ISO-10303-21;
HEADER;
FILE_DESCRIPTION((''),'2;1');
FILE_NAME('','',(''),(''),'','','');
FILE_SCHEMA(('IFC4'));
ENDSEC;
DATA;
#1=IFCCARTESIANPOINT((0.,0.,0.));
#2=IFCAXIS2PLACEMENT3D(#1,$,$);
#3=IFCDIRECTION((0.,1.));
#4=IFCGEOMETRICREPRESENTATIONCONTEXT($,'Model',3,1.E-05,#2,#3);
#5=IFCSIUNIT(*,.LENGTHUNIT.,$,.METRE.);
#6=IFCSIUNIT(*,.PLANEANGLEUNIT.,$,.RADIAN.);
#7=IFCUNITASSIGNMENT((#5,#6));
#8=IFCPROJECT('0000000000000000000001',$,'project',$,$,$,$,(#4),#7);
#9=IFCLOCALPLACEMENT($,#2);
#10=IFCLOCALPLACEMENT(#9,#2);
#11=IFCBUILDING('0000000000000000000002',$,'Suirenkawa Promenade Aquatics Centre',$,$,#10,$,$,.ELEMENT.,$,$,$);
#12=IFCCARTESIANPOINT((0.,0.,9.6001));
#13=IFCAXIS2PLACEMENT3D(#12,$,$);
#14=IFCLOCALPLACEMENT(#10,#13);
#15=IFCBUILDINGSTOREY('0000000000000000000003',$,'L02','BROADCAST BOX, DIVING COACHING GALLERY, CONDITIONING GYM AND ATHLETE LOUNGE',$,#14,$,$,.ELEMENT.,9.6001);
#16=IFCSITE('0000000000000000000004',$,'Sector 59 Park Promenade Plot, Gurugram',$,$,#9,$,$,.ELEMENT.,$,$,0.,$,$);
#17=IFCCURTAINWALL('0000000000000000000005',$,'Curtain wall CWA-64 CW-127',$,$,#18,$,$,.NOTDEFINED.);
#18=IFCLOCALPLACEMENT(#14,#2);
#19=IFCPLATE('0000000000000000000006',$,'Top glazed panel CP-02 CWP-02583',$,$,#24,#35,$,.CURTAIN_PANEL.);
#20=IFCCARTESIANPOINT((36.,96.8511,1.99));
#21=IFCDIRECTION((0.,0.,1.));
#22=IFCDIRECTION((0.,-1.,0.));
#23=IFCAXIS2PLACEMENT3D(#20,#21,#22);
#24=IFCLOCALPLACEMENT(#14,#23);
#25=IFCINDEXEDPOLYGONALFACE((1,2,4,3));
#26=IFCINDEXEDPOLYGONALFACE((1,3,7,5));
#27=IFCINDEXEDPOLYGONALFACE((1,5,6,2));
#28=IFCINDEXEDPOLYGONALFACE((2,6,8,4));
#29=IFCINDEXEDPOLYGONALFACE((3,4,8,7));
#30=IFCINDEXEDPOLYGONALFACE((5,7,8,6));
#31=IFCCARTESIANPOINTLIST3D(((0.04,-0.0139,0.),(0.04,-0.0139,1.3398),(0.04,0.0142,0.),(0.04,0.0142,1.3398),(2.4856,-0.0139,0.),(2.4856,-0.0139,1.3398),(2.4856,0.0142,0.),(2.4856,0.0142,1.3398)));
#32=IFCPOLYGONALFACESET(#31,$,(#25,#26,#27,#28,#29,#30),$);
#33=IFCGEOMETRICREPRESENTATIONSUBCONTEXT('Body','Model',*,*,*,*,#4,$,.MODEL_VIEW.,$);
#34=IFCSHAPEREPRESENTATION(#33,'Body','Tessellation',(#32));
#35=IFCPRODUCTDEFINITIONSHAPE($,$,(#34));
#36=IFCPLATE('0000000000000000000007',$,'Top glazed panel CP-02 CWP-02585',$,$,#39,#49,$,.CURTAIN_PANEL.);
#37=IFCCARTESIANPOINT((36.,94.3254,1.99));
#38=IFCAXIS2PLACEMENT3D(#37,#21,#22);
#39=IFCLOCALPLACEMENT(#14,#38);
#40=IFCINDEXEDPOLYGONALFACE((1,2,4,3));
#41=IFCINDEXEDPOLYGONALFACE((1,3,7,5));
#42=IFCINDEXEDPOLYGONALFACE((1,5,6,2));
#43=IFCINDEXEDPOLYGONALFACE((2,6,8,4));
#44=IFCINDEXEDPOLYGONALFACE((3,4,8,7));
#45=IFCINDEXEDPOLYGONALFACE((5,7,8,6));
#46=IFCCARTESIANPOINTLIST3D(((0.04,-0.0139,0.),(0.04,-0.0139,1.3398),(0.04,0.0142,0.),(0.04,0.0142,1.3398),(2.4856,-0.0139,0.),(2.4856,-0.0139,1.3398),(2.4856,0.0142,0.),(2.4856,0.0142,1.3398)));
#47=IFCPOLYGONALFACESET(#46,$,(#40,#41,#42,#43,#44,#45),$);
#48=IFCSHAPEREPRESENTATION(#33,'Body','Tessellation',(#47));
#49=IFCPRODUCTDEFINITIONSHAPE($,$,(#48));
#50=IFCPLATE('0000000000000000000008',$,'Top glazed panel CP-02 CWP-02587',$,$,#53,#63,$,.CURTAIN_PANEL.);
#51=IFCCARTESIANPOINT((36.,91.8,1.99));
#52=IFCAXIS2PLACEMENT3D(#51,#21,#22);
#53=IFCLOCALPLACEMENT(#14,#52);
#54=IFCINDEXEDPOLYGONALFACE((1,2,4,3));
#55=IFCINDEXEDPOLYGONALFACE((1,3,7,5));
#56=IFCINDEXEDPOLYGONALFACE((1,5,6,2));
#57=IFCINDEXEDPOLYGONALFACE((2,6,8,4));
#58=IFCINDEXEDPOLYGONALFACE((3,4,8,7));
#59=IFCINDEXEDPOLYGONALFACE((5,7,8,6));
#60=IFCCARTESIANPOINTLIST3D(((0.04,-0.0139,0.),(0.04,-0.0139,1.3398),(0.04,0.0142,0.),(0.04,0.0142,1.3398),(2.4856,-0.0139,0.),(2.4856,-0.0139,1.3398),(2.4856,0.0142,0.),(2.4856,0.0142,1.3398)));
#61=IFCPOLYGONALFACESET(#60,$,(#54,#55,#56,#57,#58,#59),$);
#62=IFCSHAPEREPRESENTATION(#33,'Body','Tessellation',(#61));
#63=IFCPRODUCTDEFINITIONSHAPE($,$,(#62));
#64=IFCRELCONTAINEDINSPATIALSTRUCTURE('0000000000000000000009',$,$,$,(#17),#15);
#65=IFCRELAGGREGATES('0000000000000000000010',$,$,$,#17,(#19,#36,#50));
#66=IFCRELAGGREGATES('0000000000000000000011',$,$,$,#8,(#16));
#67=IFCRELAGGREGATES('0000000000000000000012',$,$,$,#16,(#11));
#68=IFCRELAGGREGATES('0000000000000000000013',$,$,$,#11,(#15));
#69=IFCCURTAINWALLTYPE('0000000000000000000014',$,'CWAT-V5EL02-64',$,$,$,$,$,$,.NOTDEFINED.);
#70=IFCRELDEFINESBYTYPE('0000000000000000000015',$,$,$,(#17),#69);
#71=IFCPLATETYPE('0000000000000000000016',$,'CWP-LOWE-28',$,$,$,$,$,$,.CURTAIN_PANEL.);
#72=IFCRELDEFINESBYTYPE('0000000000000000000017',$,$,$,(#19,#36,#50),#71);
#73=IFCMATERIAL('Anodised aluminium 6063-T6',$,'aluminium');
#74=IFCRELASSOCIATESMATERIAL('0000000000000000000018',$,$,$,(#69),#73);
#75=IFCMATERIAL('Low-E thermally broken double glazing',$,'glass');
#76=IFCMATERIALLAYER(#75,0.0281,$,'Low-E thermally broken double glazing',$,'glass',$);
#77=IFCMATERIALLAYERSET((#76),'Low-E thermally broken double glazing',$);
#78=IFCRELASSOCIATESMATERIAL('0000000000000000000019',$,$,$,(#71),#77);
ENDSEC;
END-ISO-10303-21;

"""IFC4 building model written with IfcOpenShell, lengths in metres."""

from ifc_helpers import new_model, si_unit, direction, frame, origin, place, context, subcontext, project, spatial, polyline, outline, extrude, material, layer, layer_set, type_object, element, aggregate, save


model = new_model("IFC4")

# Units and contexts
model_context = context("Model", 3, precision=1e-05, world=origin(), true_north=direction((0.0, 1.0)))
body_context = subcontext(model_context, "Body", "Model", "MODEL_VIEW")
ifc_project = project(units=[si_unit("LENGTHUNIT", "METRE"), si_unit("PLANEANGLEUNIT", "RADIAN")], contexts=[model_context])

# Site, building, storey
site_placement = place(None, origin())
site = spatial("IfcSite", under=ifc_project, at=site_placement, Name="Sector 59 Park Promenade Plot, Gurugram", CompositionType="ELEMENT", RefElevation=0.0)
building_placement = place(site_placement, origin())
building = spatial("IfcBuilding", under=site, at=building_placement, Name="Suirenkawa Promenade Aquatics Centre", CompositionType="ELEMENT")
storey_placement = place(building_placement, frame((0.0, 0.0, 9.6001)))
storey = spatial("IfcBuildingStorey", under=building, at=storey_placement, Name="L02", Description="BROADCAST BOX, DIVING COACHING GALLERY, CONDITIONING GYM AND ATHLETE LOUNGE", CompositionType="ELEMENT", Elevation=9.6001)

# Curtain wall, plates
ifc_material_1 = material(Name="Anodised aluminium 6063-T6", Category="aluminium")
curtain_wall_type = type_object("IfcCurtainWallType", Name="CWAT-V5EL02-64", PredefinedType="NOTDEFINED", material=ifc_material_1)
curtain_wall_placement = place(storey_placement, origin())
curtain_wall = element("IfcCurtainWall", 1, at=curtain_wall_placement, inside=storey, type_object=curtain_wall_type, Name="Curtain wall CWA-64 CW-127", PredefinedType="NOTDEFINED")
ifc_material_2 = material(Name="Low-E thermally broken double glazing", Category="glass")
ifc_layer_1 = layer(ifc_material_2, 0.0281, Name="Low-E thermally broken double glazing", Category="glass")
ifc_layer_set_1 = layer_set([ifc_layer_1], Name="Low-E thermally broken double glazing")
plate_type = type_object("IfcPlateType", Name="CWP-LOWE-28", PredefinedType="CURTAIN_PANEL", material=ifc_layer_set_1)
plate_1_placement = place(storey_placement, frame((36.0, 96.8511, 1.99), z_axis=(0.0, 0.0, 1.0), x_axis=(0.0, -1.0, 0.0)))
plate_1 = element("IfcPlate", 2, at=plate_1_placement, type_object=plate_type, Name="Top glazed panel CP-02 CWP-02583", PredefinedType="CURTAIN_PANEL", context=body_context, shape_type="SweptSolid", body=[
    extrude(outline(polyline([(0.04, 0.0), (2.4856, 0.0), (2.4856, 1.3398), (0.04, 1.3398), (0.04, 0.0)])), frame((0.0, 0.0142, 0.0), z_axis=(0.0, -1.0, 0.0), x_axis=(1.0, 0.0, 0.0)), (0.0, 0.0, 1.0), 0.0281),
])
plate_2_placement = place(storey_placement, frame((36.0, 94.3254, 1.99), z_axis=(0.0, 0.0, 1.0), x_axis=(0.0, -1.0, 0.0)))
plate_2 = element("IfcPlate", 3, at=plate_2_placement, type_object=plate_type, Name="Top glazed panel CP-02 CWP-02585", PredefinedType="CURTAIN_PANEL", context=body_context, shape_type="SweptSolid", body=[
    extrude(outline(polyline([(0.04, 0.0), (2.4856, 0.0), (2.4856, 1.3398), (0.04, 1.3398), (0.04, 0.0)])), frame((0.0, 0.0142, 0.0), z_axis=(0.0, -1.0, 0.0), x_axis=(1.0, 0.0, 0.0)), (0.0, 0.0, 1.0), 0.0281),
])
plate_3_placement = place(storey_placement, frame((36.0, 91.8, 1.99), z_axis=(0.0, 0.0, 1.0), x_axis=(0.0, -1.0, 0.0)))
plate_3 = element("IfcPlate", 4, at=plate_3_placement, type_object=plate_type, Name="Top glazed panel CP-02 CWP-02587", PredefinedType="CURTAIN_PANEL", context=body_context, shape_type="SweptSolid", body=[
    extrude(outline(polyline([(0.04, 0.0), (2.4856, 0.0), (2.4856, 1.3398), (0.04, 1.3398), (0.04, 0.0)])), frame((0.0, 0.0142, 0.0), z_axis=(0.0, -1.0, 0.0), x_axis=(1.0, 0.0, 0.0)), (0.0, 0.0, 1.0), 0.0281),
])
aggregate(curtain_wall, [plate_1, plate_2, plate_3])

save(model, "model.ifc")
